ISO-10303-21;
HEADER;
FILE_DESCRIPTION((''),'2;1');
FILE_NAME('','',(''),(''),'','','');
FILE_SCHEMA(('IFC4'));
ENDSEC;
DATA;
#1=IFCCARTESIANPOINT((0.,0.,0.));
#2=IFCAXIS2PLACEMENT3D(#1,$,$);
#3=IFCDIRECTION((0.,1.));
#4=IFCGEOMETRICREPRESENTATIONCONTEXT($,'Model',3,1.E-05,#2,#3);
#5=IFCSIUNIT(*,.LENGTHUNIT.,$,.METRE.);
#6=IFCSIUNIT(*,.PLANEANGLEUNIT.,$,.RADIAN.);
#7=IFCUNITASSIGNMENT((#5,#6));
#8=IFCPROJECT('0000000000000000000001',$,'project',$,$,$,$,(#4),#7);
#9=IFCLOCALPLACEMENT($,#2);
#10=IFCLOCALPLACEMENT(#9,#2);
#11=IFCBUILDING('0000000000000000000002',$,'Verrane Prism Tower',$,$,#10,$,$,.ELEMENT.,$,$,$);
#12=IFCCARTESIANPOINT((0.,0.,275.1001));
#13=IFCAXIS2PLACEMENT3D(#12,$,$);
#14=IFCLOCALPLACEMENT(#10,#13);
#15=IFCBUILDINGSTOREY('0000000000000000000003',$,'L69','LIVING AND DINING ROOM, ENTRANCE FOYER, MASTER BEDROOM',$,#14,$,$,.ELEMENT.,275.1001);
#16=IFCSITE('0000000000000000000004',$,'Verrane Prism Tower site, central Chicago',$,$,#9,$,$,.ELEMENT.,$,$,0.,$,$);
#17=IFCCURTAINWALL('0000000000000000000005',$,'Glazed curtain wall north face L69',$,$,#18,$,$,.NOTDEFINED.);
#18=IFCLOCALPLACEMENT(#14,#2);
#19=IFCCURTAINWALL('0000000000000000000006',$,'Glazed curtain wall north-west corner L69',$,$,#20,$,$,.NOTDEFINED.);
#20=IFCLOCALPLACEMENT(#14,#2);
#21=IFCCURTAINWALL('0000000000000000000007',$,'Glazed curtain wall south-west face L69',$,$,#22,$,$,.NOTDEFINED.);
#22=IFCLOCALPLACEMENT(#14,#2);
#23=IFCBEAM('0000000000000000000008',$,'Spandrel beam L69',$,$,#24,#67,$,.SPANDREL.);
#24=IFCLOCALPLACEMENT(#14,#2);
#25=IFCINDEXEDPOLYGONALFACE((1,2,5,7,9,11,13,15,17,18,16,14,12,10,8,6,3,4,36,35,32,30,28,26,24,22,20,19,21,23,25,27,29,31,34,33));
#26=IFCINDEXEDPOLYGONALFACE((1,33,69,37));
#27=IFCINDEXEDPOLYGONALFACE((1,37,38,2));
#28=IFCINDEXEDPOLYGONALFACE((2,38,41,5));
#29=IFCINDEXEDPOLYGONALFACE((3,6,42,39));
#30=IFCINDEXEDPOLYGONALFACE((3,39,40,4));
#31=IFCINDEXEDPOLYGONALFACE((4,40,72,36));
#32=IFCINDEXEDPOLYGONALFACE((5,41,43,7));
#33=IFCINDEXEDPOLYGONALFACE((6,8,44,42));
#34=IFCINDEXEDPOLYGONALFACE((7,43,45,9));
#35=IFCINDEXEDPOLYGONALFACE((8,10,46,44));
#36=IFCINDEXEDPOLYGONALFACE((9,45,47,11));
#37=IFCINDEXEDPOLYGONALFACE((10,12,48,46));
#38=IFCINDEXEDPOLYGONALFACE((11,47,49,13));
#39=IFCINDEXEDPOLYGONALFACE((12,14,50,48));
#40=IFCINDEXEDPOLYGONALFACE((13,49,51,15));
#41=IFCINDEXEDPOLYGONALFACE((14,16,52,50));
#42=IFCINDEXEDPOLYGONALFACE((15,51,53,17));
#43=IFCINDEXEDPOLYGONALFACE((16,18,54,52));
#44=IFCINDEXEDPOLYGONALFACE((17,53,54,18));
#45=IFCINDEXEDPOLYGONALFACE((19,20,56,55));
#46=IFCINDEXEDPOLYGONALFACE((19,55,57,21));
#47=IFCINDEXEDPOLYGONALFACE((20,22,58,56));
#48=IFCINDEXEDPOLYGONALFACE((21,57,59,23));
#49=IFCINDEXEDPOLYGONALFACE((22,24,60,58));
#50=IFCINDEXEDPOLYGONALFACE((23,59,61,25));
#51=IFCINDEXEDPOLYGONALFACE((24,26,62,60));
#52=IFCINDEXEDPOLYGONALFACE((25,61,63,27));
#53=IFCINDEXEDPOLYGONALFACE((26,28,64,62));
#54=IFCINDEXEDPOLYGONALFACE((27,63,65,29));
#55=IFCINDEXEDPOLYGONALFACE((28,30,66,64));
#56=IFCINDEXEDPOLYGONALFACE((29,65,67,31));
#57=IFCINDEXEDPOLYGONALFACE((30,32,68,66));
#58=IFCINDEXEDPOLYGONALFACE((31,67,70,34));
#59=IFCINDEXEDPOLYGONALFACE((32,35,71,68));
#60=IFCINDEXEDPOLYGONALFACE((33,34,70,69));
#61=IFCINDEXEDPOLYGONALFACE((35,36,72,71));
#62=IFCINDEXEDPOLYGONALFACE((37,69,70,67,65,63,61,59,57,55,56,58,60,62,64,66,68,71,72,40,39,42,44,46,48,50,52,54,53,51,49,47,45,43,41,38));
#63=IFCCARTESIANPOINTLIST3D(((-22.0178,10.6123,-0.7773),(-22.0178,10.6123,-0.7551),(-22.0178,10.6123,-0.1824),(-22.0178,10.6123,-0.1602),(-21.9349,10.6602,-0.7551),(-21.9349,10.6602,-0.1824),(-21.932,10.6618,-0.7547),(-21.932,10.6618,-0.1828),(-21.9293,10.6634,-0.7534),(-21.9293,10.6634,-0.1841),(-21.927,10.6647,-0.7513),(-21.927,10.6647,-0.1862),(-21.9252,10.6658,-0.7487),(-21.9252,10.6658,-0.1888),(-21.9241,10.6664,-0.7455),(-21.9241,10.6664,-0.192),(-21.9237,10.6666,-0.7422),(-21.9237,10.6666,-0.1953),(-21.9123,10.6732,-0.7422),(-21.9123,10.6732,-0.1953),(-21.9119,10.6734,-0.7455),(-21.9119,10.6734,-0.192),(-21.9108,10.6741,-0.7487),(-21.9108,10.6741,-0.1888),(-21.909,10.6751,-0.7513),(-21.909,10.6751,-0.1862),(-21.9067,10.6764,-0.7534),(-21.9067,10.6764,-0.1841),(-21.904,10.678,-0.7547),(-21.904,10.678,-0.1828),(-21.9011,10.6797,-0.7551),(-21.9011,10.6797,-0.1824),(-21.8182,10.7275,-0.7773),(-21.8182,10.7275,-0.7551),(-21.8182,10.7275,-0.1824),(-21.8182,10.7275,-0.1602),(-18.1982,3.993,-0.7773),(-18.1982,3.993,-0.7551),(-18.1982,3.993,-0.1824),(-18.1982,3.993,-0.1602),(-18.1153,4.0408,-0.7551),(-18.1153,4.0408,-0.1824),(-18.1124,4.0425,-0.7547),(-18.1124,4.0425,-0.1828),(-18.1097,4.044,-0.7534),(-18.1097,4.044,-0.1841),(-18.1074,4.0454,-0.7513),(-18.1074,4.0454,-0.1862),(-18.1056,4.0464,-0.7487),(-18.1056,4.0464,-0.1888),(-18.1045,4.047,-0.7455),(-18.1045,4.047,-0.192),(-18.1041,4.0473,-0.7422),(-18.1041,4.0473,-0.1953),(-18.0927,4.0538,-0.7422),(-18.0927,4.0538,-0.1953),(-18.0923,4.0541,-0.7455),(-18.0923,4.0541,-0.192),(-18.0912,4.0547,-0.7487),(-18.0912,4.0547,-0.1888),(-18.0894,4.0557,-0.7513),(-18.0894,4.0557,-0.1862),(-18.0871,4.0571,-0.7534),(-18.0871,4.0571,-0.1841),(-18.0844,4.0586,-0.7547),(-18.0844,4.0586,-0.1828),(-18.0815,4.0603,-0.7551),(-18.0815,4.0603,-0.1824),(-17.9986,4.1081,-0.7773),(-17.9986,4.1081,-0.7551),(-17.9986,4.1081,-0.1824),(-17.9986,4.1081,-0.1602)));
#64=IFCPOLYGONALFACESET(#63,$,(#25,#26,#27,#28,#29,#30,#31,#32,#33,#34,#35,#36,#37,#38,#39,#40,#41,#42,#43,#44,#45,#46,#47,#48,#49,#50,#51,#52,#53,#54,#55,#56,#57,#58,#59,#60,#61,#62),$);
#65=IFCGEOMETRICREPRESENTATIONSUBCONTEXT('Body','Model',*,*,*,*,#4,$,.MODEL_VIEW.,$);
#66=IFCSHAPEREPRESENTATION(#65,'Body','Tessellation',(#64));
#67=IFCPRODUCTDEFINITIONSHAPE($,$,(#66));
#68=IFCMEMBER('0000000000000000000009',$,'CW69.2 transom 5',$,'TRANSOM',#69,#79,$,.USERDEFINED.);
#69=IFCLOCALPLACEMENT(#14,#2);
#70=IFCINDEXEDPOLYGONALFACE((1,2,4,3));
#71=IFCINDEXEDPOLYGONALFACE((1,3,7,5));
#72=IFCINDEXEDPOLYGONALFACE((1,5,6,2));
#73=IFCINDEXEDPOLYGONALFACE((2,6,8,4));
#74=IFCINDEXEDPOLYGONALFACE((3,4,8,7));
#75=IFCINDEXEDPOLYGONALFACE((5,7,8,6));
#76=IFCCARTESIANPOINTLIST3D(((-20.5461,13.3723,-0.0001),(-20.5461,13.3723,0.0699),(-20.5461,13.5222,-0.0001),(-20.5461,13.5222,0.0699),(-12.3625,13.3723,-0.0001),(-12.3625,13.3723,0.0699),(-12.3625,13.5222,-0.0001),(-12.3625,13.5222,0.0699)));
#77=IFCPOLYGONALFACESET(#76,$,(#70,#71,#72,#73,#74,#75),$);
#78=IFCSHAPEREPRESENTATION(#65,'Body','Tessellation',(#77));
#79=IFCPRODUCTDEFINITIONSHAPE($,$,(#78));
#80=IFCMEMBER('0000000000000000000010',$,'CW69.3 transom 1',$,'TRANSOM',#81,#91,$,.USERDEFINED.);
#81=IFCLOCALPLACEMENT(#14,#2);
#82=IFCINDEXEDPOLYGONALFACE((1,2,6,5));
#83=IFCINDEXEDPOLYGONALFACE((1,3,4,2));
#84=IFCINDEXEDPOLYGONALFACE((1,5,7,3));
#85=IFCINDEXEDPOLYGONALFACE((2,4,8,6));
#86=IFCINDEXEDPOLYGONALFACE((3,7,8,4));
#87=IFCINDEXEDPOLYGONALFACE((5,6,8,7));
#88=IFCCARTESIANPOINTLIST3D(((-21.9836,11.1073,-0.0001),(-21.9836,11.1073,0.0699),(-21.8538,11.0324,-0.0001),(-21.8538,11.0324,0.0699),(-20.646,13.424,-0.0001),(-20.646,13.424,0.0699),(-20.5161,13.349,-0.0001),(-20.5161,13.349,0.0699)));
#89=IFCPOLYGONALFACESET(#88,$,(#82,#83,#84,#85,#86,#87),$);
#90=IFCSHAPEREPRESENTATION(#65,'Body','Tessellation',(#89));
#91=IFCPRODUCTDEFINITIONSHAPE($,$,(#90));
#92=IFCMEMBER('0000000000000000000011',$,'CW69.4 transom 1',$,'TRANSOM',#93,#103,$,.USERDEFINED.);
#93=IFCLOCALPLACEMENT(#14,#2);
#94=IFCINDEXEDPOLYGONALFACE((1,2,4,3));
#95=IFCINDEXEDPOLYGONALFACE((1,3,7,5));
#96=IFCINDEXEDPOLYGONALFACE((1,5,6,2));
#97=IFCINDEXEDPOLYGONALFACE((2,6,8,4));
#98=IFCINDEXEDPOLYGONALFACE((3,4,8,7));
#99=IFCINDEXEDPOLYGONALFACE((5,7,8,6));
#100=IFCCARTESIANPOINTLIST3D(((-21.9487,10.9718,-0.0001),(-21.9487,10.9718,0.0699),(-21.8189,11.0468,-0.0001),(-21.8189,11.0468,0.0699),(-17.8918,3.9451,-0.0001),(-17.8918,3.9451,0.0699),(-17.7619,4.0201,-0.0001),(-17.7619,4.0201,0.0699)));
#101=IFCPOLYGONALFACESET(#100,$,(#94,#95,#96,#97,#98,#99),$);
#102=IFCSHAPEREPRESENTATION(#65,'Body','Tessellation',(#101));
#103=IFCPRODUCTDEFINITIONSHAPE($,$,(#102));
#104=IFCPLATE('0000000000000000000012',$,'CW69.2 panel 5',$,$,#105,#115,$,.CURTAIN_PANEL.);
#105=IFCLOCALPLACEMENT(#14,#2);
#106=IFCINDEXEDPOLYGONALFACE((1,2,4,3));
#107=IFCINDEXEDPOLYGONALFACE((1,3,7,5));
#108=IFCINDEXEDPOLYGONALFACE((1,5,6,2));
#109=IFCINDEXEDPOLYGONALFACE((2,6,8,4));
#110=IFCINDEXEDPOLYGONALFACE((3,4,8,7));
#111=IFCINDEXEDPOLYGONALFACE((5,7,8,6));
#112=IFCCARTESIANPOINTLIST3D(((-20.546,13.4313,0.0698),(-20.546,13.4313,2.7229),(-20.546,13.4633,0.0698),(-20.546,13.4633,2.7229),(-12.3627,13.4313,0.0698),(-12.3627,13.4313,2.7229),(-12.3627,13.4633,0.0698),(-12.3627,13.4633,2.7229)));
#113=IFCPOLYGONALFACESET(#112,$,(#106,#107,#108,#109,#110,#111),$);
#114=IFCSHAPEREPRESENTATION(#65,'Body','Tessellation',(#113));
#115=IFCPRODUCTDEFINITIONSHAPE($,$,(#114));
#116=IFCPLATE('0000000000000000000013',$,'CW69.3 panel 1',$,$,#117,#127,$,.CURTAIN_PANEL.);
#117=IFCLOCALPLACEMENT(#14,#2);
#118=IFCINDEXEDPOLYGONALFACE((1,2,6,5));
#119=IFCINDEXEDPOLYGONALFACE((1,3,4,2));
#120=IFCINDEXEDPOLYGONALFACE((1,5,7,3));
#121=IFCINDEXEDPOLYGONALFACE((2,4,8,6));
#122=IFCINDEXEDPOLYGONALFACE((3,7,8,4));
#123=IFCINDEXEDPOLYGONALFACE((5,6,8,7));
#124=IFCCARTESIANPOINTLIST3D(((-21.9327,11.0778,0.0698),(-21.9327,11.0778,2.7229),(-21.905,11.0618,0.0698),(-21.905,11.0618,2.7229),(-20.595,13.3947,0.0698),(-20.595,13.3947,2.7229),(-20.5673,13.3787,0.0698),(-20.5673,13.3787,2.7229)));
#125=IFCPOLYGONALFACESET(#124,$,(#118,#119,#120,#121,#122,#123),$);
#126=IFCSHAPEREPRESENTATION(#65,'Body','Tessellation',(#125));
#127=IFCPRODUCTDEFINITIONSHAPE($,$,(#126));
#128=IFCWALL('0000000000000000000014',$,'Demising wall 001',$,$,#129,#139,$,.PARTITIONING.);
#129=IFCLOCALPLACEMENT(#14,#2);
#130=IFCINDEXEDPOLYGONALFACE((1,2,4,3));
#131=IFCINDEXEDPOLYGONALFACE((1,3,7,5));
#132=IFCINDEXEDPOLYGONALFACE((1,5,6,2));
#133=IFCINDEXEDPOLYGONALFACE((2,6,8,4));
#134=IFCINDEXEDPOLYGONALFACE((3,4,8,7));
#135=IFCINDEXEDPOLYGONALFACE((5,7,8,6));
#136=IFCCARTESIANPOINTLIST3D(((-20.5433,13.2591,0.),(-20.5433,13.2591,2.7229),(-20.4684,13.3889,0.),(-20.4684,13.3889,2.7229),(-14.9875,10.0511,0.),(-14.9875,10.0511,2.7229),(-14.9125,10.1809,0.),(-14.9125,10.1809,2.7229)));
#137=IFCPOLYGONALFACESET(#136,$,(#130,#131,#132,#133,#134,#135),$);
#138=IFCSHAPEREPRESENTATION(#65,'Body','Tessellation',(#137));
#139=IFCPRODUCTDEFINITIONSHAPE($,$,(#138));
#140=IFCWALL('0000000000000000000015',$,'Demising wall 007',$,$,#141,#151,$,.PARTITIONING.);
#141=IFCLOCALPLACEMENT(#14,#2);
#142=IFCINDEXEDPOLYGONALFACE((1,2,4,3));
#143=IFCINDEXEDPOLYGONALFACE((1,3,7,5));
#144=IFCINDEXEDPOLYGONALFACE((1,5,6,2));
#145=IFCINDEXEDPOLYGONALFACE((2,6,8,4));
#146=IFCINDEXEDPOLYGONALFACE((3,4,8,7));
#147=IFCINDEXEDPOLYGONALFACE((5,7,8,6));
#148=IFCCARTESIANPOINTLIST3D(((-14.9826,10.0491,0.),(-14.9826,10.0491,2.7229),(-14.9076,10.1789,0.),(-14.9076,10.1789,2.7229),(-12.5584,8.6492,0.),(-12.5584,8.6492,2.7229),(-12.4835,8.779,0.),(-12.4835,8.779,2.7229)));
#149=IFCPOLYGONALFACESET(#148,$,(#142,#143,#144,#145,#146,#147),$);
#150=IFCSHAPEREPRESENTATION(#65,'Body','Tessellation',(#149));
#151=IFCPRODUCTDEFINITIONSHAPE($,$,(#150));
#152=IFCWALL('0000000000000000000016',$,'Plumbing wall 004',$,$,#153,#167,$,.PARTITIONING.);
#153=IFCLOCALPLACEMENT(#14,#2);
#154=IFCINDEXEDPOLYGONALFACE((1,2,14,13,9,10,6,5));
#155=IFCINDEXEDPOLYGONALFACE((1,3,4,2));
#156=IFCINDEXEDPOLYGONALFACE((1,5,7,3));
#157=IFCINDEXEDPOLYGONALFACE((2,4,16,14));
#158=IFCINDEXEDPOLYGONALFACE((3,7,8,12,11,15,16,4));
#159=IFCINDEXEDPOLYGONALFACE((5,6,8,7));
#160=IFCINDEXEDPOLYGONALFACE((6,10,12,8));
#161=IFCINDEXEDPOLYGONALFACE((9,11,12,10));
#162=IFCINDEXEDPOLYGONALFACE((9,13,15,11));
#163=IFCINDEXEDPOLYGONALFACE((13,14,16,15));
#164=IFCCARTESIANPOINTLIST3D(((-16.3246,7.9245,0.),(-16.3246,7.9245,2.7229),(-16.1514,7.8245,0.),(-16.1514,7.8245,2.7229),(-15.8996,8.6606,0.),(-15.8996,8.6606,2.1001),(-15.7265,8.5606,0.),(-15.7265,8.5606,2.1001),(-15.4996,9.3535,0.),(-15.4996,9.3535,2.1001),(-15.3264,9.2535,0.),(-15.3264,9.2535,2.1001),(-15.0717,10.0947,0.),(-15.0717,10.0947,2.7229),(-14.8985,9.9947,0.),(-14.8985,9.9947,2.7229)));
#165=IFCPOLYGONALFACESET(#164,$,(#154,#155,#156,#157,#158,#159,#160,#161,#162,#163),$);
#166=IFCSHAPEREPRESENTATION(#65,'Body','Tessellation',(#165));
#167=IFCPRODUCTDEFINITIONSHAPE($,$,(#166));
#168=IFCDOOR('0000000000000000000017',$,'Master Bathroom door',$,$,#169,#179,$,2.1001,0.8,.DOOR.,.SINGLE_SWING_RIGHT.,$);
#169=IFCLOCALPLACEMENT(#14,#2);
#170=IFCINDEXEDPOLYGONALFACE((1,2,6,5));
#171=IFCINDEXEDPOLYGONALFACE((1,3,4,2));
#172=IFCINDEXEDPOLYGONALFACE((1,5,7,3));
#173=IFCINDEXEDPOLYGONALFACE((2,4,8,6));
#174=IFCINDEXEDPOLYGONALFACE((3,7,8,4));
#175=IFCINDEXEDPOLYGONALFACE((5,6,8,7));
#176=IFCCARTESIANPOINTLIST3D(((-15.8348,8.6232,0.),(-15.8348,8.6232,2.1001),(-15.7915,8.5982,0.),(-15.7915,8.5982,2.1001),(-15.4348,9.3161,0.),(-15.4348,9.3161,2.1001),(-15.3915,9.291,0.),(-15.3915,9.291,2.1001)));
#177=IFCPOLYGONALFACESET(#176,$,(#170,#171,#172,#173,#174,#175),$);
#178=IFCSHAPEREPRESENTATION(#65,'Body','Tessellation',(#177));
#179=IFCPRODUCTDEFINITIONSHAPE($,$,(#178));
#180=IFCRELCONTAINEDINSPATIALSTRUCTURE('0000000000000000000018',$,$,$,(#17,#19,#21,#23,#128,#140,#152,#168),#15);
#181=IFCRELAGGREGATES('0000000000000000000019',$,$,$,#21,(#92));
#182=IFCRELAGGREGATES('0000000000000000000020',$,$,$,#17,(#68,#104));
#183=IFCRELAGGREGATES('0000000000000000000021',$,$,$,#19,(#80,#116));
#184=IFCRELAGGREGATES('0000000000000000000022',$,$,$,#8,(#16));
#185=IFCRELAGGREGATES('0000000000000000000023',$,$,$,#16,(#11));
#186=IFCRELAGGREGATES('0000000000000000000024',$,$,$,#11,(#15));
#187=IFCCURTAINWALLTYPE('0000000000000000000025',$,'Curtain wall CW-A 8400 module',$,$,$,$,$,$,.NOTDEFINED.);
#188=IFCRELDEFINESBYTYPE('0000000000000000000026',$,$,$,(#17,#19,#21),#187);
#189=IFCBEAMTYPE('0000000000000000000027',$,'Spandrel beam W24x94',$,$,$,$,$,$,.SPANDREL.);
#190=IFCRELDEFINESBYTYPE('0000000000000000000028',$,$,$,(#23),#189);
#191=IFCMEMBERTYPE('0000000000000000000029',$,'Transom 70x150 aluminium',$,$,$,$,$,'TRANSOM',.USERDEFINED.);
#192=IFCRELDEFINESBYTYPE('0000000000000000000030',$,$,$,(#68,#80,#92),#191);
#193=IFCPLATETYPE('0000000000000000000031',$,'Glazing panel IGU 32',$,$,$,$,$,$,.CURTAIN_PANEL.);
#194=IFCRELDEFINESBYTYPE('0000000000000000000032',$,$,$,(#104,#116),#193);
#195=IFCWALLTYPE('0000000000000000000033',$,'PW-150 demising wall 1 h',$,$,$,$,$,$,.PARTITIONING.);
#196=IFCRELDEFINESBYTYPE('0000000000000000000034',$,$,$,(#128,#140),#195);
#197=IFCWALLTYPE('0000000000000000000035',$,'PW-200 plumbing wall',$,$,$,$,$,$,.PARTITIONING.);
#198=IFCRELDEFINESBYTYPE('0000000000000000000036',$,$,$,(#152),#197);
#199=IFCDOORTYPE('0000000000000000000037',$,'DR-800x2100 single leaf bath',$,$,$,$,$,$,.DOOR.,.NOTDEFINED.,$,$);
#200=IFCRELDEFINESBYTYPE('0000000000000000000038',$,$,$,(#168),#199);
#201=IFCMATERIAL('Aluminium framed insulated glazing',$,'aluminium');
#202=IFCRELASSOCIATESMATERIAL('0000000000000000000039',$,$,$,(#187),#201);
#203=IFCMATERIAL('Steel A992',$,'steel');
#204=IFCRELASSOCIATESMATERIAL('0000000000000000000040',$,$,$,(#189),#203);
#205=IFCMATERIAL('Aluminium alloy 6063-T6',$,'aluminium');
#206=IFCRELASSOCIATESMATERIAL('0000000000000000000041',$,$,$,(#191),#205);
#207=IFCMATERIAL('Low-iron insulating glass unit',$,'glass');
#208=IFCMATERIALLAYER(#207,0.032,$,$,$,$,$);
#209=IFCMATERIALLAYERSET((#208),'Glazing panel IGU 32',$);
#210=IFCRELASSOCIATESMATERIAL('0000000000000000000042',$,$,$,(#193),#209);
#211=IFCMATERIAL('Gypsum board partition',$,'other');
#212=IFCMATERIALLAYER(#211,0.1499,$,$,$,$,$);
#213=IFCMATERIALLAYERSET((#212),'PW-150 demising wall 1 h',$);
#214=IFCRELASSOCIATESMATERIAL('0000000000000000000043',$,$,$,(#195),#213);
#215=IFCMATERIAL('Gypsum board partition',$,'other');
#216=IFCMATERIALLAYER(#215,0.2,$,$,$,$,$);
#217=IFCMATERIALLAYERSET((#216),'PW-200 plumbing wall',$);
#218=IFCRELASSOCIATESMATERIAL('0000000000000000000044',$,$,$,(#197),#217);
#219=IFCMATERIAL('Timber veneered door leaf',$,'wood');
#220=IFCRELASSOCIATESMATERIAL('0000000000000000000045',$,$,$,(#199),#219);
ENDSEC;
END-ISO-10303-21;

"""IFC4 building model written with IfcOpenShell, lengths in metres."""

from ifc_helpers import new_model, si_unit, direction, frame, frame_2d, origin, origin_2d, place, context, subcontext, project, spatial, rectangle, i_section, extrude, material, layer, layer_set, material_profile, profile_set, type_object, element, fill, aggregate, save


model = new_model("IFC4")

# Units and contexts
model_context = context("Model", 3, precision=1e-05, world=origin(), true_north=direction((0.0, 1.0)))
body_context = subcontext(model_context, "Body", "Model", "MODEL_VIEW")
ifc_project = project(units=[si_unit("LENGTHUNIT", "METRE"), si_unit("PLANEANGLEUNIT", "RADIAN")], contexts=[model_context])

# Site, building, storey
site_placement = place(None, origin())
site = spatial("IfcSite", under=ifc_project, at=site_placement, Name="Verrane Prism Tower site, central Chicago", CompositionType="ELEMENT", RefElevation=0.0)
building_placement = place(site_placement, origin())
building = spatial("IfcBuilding", under=site, at=building_placement, Name="Verrane Prism Tower", CompositionType="ELEMENT")
storey_placement = place(building_placement, frame((0.0, 0.0, 275.1001)))
storey = spatial("IfcBuildingStorey", under=building, at=storey_placement, Name="L69", Description="LIVING AND DINING ROOM, ENTRANCE FOYER, MASTER BEDROOM", CompositionType="ELEMENT", Elevation=275.1001)

# Curtain walls
ifc_material_1 = material(Name="Aluminium framed insulated glazing", Category="aluminium")
curtain_wall_type = type_object("IfcCurtainWallType", Name="Curtain wall CW-A 8400 module", PredefinedType="NOTDEFINED", material=ifc_material_1)
curtain_wall_1_placement = place(storey_placement, origin())
curtain_wall_1 = element("IfcCurtainWall", 1, at=curtain_wall_1_placement, inside=storey, type_object=curtain_wall_type, Name="Glazed curtain wall north face L69", PredefinedType="NOTDEFINED")
curtain_wall_2_placement = place(storey_placement, origin())
curtain_wall_2 = element("IfcCurtainWall", 2, at=curtain_wall_2_placement, inside=storey, type_object=curtain_wall_type, Name="Glazed curtain wall north-west corner L69", PredefinedType="NOTDEFINED")
curtain_wall_3_placement = place(storey_placement, origin())
curtain_wall_3 = element("IfcCurtainWall", 3, at=curtain_wall_3_placement, inside=storey, type_object=curtain_wall_type, Name="Glazed curtain wall south-west face L69", PredefinedType="NOTDEFINED")

# Beam
ifc_material_2 = material(Name="Steel A992", Category="steel")
ifc_material_profile_1 = material_profile(ifc_material_2, i_section(OverallWidth=0.2305, OverallDepth=0.6172, WebThickness=0.0132, FlangeThickness=0.0222, FilletRadius=0.0129, at=origin_2d()), Name="W24x94")
ifc_profile_set_1 = profile_set([ifc_material_profile_1], Name="Steel A992")
beam_type_1 = type_object("IfcBeamType", Name="Spandrel beam W24x94", PredefinedType="SPANDREL", material=ifc_profile_set_1)
beam_1_placement = place(storey_placement, frame((-21.918, 10.6699, -0.4688), z_axis=(0.499792, -0.866146, 0.0), x_axis=(0.866146, 0.499792, 0.0)))
element("IfcBeam", 4, at=beam_1_placement, inside=storey, type_object=beam_type_1, Name="Spandrel beam L69", PredefinedType="SPANDREL", context=body_context, shape_type="SweptSolid", body=[
    extrude(i_section(OverallWidth=0.2305, OverallDepth=0.6172, WebThickness=0.0132, FlangeThickness=0.0222, FilletRadius=0.0129, at=origin_2d()), origin(), (0.0, 0.0, 1.0), 7.6423),
])

# Members
ifc_material_3 = material(Name="Aluminium alloy 6063-T6", Category="aluminium")
ifc_material_profile_2 = material_profile(ifc_material_3, rectangle(XDim=0.1499, YDim=0.0701, at=origin_2d()), Name="Transom 70x150 aluminium")
ifc_profile_set_2 = profile_set([ifc_material_profile_2], Name="Aluminium alloy 6063-T6")
member_type_1 = type_object("IfcMemberType", Name="Transom 70x150 aluminium", ElementType="TRANSOM", PredefinedType="USERDEFINED", material=ifc_profile_set_2)
member_1_placement = place(storey_placement, frame((-12.3625, 13.4473, 0.0349), z_axis=(-1.0, 0.0, 0.0), x_axis=(0.0, -1.0, 0.0)))
member_1 = element("IfcMember", 5, at=member_1_placement, type_object=member_type_1, Name="CW69.2 transom 5", ObjectType="TRANSOM", PredefinedType="USERDEFINED", context=body_context, shape_type="SweptSolid", body=[
    extrude(rectangle(XDim=0.1499, YDim=0.0701, at=origin_2d()), origin(), (0.0, 0.0, 1.0), 8.1836),
])
member_2_placement = place(storey_placement, frame((-20.5811, 13.3865, 0.0349), z_axis=(-0.500036, -0.866005, 0.0), x_axis=(0.866005, -0.500036, 0.0)))
member_2 = element("IfcMember", 6, at=member_2_placement, type_object=member_type_1, Name="CW69.3 transom 1", ObjectType="TRANSOM", PredefinedType="USERDEFINED", context=body_context, shape_type="SweptSolid", body=[
    extrude(rectangle(XDim=0.1499, YDim=0.0701, at=origin_2d()), origin(), (0.0, 0.0, 1.0), 2.675),
])
member_3_placement = place(storey_placement, frame((-21.8838, 11.0093, 0.0349), z_axis=(0.500006, -0.866022, 0.0), x_axis=(0.866022, 0.500006, 0.0)))
member_3 = element("IfcMember", 7, at=member_3_placement, type_object=member_type_1, Name="CW69.4 transom 1", ObjectType="TRANSOM", PredefinedType="USERDEFINED", context=body_context, shape_type="SweptSolid", body=[
    extrude(rectangle(XDim=0.1499, YDim=0.0701, at=origin_2d()), origin(), (0.0, 0.0, 1.0), 8.1138),
])
aggregate(curtain_wall_3, [member_3])

# Plates
ifc_material_4 = material(Name="Low-iron insulating glass unit", Category="glass")
ifc_layer_1 = layer(ifc_material_4, 0.032)
ifc_layer_set_1 = layer_set([ifc_layer_1], Name="Glazing panel IGU 32")
plate_type = type_object("IfcPlateType", Name="Glazing panel IGU 32", PredefinedType="CURTAIN_PANEL", material=ifc_layer_set_1)
plate_1_placement = place(storey_placement, frame((-16.4543, 13.4473, 0.0698), z_axis=(0.0, 0.0, 1.0), x_axis=(-1.0, 0.0, 0.0)))
plate_1 = element("IfcPlate", 8, at=plate_1_placement, type_object=plate_type, Name="CW69.2 panel 5", PredefinedType="CURTAIN_PANEL", context=body_context, shape_type="SweptSolid", body=[
    extrude(rectangle(XDim=8.1833, YDim=0.032, at=origin_2d()), origin(), (0.0, 0.0, 1.0), 2.6531),
])
aggregate(curtain_wall_1, [member_1, plate_1])
plate_2_placement = place(storey_placement, frame((-21.25, 12.2283, 0.0698), z_axis=(0.0, 0.0, 1.0), x_axis=(-0.500002, -0.866024, 0.0)))
plate_2 = element("IfcPlate", 9, at=plate_2_placement, type_object=plate_type, Name="CW69.3 panel 1", PredefinedType="CURTAIN_PANEL", context=body_context, shape_type="SweptSolid", body=[
    extrude(rectangle(XDim=2.6753, YDim=0.032, at=origin_2d()), origin(), (0.0, 0.0, 1.0), 2.6531),
])
aggregate(curtain_wall_2, [member_2, plate_2])

# Walls
ifc_material_5 = material(Name="Gypsum board partition", Category="other")
ifc_layer_2 = layer(ifc_material_5, 0.1499)
ifc_layer_set_2 = layer_set([ifc_layer_2], Name="PW-150 demising wall 1 h")
wall_type_1 = type_object("IfcWallType", Name="PW-150 demising wall 1 h", PredefinedType="PARTITIONING", material=ifc_layer_set_2)
wall_1_placement = place(storey_placement, frame((-20.5059, 13.324, 0.0), z_axis=(0.0, 0.0, 1.0), x_axis=(0.866005, -0.500035, 0.0)))
element("IfcWall", 10, at=wall_1_placement, inside=storey, type_object=wall_type_1, Name="Demising wall 001", PredefinedType="PARTITIONING", context=body_context, shape_type="SweptSolid", body=[
    extrude(rectangle(XDim=6.4155, YDim=0.1499, at=frame_2d((3.2078, 0.0))), origin(), (0.0, 0.0, 1.0), 2.7229),
])
wall_2_placement = place(storey_placement, frame((-14.9451, 10.114, 0.0), z_axis=(0.0, 0.0, 1.0), x_axis=(0.865969, -0.500097, 0.0)))
element("IfcWall", 11, at=wall_2_placement, inside=storey, type_object=wall_type_1, Name="Demising wall 007", PredefinedType="PARTITIONING", context=body_context, shape_type="SweptSolid", body=[
    extrude(rectangle(XDim=2.7993, YDim=0.1499, at=frame_2d((1.3997, 0.0))), origin(), (0.0, 0.0, 1.0), 2.7229),
])

# Wall, opening, door
ifc_material_6 = material(Name="Gypsum board partition", Category="other")
ifc_layer_3 = layer(ifc_material_6, 0.2)
ifc_layer_set_3 = layer_set([ifc_layer_3], Name="PW-200 plumbing wall")
wall_type_2 = type_object("IfcWallType", Name="PW-200 plumbing wall", PredefinedType="PARTITIONING", material=ifc_layer_set_3)
wall_3_placement = place(storey_placement, frame((-14.9851, 10.0447, 0.0), z_axis=(0.0, 0.0, 1.0), x_axis=(-0.499995, -0.866028, 0.0)))
wall_3 = element("IfcWall", 12, at=wall_3_placement, inside=storey, type_object=wall_type_2, Name="Plumbing wall 004", PredefinedType="PARTITIONING", context=body_context, shape_type="SweptSolid", body=[
    extrude(rectangle(XDim=2.5059, YDim=0.2, at=frame_2d((1.2529, 0.0))), origin(), (0.0, 0.0, 1.0), 2.7229),
])
opening_placement = place(wall_3_placement, frame((0.856, 0.0, 0.0)))
opening = element("IfcOpeningElement", 13, at=opening_placement, cuts=wall_3, PredefinedType="OPENING", context=body_context, shape_type="SweptSolid", body=[
    extrude(rectangle(XDim=0.8, YDim=2.1001, at=frame_2d((0.3999, 1.05))), frame((0.0, 0.1099, 0.0), z_axis=(0.0, -1.0, 0.0), x_axis=(1.0, 0.0, 0.0)), (0.0, 0.0, 1.0), 0.22),
])
ifc_material_7 = material(Name="Timber veneered door leaf", Category="wood")
door_type = type_object("IfcDoorType", Name="DR-800x2100 single leaf bath", OperationType="NOTDEFINED", PredefinedType="DOOR", material=ifc_material_7)
door_placement = place(opening_placement, origin())
door = element("IfcDoor", 14, at=door_placement, inside=storey, type_object=door_type, Name="Master Bathroom door", OperationType="SINGLE_SWING_RIGHT", OverallHeight=2.1001, OverallWidth=0.8, PredefinedType="DOOR", context=body_context, shape_type="SweptSolid", body=[
    extrude(rectangle(XDim=0.8, YDim=2.1001, at=frame_2d((0.3999, 1.05))), frame((0.0, 0.0249, 0.0), z_axis=(0.0, -1.0, 0.0), x_axis=(1.0, 0.0, 0.0)), (0.0, 0.0, 1.0), 0.05),
])
fill(opening, door)

save(model, "model.ifc")
